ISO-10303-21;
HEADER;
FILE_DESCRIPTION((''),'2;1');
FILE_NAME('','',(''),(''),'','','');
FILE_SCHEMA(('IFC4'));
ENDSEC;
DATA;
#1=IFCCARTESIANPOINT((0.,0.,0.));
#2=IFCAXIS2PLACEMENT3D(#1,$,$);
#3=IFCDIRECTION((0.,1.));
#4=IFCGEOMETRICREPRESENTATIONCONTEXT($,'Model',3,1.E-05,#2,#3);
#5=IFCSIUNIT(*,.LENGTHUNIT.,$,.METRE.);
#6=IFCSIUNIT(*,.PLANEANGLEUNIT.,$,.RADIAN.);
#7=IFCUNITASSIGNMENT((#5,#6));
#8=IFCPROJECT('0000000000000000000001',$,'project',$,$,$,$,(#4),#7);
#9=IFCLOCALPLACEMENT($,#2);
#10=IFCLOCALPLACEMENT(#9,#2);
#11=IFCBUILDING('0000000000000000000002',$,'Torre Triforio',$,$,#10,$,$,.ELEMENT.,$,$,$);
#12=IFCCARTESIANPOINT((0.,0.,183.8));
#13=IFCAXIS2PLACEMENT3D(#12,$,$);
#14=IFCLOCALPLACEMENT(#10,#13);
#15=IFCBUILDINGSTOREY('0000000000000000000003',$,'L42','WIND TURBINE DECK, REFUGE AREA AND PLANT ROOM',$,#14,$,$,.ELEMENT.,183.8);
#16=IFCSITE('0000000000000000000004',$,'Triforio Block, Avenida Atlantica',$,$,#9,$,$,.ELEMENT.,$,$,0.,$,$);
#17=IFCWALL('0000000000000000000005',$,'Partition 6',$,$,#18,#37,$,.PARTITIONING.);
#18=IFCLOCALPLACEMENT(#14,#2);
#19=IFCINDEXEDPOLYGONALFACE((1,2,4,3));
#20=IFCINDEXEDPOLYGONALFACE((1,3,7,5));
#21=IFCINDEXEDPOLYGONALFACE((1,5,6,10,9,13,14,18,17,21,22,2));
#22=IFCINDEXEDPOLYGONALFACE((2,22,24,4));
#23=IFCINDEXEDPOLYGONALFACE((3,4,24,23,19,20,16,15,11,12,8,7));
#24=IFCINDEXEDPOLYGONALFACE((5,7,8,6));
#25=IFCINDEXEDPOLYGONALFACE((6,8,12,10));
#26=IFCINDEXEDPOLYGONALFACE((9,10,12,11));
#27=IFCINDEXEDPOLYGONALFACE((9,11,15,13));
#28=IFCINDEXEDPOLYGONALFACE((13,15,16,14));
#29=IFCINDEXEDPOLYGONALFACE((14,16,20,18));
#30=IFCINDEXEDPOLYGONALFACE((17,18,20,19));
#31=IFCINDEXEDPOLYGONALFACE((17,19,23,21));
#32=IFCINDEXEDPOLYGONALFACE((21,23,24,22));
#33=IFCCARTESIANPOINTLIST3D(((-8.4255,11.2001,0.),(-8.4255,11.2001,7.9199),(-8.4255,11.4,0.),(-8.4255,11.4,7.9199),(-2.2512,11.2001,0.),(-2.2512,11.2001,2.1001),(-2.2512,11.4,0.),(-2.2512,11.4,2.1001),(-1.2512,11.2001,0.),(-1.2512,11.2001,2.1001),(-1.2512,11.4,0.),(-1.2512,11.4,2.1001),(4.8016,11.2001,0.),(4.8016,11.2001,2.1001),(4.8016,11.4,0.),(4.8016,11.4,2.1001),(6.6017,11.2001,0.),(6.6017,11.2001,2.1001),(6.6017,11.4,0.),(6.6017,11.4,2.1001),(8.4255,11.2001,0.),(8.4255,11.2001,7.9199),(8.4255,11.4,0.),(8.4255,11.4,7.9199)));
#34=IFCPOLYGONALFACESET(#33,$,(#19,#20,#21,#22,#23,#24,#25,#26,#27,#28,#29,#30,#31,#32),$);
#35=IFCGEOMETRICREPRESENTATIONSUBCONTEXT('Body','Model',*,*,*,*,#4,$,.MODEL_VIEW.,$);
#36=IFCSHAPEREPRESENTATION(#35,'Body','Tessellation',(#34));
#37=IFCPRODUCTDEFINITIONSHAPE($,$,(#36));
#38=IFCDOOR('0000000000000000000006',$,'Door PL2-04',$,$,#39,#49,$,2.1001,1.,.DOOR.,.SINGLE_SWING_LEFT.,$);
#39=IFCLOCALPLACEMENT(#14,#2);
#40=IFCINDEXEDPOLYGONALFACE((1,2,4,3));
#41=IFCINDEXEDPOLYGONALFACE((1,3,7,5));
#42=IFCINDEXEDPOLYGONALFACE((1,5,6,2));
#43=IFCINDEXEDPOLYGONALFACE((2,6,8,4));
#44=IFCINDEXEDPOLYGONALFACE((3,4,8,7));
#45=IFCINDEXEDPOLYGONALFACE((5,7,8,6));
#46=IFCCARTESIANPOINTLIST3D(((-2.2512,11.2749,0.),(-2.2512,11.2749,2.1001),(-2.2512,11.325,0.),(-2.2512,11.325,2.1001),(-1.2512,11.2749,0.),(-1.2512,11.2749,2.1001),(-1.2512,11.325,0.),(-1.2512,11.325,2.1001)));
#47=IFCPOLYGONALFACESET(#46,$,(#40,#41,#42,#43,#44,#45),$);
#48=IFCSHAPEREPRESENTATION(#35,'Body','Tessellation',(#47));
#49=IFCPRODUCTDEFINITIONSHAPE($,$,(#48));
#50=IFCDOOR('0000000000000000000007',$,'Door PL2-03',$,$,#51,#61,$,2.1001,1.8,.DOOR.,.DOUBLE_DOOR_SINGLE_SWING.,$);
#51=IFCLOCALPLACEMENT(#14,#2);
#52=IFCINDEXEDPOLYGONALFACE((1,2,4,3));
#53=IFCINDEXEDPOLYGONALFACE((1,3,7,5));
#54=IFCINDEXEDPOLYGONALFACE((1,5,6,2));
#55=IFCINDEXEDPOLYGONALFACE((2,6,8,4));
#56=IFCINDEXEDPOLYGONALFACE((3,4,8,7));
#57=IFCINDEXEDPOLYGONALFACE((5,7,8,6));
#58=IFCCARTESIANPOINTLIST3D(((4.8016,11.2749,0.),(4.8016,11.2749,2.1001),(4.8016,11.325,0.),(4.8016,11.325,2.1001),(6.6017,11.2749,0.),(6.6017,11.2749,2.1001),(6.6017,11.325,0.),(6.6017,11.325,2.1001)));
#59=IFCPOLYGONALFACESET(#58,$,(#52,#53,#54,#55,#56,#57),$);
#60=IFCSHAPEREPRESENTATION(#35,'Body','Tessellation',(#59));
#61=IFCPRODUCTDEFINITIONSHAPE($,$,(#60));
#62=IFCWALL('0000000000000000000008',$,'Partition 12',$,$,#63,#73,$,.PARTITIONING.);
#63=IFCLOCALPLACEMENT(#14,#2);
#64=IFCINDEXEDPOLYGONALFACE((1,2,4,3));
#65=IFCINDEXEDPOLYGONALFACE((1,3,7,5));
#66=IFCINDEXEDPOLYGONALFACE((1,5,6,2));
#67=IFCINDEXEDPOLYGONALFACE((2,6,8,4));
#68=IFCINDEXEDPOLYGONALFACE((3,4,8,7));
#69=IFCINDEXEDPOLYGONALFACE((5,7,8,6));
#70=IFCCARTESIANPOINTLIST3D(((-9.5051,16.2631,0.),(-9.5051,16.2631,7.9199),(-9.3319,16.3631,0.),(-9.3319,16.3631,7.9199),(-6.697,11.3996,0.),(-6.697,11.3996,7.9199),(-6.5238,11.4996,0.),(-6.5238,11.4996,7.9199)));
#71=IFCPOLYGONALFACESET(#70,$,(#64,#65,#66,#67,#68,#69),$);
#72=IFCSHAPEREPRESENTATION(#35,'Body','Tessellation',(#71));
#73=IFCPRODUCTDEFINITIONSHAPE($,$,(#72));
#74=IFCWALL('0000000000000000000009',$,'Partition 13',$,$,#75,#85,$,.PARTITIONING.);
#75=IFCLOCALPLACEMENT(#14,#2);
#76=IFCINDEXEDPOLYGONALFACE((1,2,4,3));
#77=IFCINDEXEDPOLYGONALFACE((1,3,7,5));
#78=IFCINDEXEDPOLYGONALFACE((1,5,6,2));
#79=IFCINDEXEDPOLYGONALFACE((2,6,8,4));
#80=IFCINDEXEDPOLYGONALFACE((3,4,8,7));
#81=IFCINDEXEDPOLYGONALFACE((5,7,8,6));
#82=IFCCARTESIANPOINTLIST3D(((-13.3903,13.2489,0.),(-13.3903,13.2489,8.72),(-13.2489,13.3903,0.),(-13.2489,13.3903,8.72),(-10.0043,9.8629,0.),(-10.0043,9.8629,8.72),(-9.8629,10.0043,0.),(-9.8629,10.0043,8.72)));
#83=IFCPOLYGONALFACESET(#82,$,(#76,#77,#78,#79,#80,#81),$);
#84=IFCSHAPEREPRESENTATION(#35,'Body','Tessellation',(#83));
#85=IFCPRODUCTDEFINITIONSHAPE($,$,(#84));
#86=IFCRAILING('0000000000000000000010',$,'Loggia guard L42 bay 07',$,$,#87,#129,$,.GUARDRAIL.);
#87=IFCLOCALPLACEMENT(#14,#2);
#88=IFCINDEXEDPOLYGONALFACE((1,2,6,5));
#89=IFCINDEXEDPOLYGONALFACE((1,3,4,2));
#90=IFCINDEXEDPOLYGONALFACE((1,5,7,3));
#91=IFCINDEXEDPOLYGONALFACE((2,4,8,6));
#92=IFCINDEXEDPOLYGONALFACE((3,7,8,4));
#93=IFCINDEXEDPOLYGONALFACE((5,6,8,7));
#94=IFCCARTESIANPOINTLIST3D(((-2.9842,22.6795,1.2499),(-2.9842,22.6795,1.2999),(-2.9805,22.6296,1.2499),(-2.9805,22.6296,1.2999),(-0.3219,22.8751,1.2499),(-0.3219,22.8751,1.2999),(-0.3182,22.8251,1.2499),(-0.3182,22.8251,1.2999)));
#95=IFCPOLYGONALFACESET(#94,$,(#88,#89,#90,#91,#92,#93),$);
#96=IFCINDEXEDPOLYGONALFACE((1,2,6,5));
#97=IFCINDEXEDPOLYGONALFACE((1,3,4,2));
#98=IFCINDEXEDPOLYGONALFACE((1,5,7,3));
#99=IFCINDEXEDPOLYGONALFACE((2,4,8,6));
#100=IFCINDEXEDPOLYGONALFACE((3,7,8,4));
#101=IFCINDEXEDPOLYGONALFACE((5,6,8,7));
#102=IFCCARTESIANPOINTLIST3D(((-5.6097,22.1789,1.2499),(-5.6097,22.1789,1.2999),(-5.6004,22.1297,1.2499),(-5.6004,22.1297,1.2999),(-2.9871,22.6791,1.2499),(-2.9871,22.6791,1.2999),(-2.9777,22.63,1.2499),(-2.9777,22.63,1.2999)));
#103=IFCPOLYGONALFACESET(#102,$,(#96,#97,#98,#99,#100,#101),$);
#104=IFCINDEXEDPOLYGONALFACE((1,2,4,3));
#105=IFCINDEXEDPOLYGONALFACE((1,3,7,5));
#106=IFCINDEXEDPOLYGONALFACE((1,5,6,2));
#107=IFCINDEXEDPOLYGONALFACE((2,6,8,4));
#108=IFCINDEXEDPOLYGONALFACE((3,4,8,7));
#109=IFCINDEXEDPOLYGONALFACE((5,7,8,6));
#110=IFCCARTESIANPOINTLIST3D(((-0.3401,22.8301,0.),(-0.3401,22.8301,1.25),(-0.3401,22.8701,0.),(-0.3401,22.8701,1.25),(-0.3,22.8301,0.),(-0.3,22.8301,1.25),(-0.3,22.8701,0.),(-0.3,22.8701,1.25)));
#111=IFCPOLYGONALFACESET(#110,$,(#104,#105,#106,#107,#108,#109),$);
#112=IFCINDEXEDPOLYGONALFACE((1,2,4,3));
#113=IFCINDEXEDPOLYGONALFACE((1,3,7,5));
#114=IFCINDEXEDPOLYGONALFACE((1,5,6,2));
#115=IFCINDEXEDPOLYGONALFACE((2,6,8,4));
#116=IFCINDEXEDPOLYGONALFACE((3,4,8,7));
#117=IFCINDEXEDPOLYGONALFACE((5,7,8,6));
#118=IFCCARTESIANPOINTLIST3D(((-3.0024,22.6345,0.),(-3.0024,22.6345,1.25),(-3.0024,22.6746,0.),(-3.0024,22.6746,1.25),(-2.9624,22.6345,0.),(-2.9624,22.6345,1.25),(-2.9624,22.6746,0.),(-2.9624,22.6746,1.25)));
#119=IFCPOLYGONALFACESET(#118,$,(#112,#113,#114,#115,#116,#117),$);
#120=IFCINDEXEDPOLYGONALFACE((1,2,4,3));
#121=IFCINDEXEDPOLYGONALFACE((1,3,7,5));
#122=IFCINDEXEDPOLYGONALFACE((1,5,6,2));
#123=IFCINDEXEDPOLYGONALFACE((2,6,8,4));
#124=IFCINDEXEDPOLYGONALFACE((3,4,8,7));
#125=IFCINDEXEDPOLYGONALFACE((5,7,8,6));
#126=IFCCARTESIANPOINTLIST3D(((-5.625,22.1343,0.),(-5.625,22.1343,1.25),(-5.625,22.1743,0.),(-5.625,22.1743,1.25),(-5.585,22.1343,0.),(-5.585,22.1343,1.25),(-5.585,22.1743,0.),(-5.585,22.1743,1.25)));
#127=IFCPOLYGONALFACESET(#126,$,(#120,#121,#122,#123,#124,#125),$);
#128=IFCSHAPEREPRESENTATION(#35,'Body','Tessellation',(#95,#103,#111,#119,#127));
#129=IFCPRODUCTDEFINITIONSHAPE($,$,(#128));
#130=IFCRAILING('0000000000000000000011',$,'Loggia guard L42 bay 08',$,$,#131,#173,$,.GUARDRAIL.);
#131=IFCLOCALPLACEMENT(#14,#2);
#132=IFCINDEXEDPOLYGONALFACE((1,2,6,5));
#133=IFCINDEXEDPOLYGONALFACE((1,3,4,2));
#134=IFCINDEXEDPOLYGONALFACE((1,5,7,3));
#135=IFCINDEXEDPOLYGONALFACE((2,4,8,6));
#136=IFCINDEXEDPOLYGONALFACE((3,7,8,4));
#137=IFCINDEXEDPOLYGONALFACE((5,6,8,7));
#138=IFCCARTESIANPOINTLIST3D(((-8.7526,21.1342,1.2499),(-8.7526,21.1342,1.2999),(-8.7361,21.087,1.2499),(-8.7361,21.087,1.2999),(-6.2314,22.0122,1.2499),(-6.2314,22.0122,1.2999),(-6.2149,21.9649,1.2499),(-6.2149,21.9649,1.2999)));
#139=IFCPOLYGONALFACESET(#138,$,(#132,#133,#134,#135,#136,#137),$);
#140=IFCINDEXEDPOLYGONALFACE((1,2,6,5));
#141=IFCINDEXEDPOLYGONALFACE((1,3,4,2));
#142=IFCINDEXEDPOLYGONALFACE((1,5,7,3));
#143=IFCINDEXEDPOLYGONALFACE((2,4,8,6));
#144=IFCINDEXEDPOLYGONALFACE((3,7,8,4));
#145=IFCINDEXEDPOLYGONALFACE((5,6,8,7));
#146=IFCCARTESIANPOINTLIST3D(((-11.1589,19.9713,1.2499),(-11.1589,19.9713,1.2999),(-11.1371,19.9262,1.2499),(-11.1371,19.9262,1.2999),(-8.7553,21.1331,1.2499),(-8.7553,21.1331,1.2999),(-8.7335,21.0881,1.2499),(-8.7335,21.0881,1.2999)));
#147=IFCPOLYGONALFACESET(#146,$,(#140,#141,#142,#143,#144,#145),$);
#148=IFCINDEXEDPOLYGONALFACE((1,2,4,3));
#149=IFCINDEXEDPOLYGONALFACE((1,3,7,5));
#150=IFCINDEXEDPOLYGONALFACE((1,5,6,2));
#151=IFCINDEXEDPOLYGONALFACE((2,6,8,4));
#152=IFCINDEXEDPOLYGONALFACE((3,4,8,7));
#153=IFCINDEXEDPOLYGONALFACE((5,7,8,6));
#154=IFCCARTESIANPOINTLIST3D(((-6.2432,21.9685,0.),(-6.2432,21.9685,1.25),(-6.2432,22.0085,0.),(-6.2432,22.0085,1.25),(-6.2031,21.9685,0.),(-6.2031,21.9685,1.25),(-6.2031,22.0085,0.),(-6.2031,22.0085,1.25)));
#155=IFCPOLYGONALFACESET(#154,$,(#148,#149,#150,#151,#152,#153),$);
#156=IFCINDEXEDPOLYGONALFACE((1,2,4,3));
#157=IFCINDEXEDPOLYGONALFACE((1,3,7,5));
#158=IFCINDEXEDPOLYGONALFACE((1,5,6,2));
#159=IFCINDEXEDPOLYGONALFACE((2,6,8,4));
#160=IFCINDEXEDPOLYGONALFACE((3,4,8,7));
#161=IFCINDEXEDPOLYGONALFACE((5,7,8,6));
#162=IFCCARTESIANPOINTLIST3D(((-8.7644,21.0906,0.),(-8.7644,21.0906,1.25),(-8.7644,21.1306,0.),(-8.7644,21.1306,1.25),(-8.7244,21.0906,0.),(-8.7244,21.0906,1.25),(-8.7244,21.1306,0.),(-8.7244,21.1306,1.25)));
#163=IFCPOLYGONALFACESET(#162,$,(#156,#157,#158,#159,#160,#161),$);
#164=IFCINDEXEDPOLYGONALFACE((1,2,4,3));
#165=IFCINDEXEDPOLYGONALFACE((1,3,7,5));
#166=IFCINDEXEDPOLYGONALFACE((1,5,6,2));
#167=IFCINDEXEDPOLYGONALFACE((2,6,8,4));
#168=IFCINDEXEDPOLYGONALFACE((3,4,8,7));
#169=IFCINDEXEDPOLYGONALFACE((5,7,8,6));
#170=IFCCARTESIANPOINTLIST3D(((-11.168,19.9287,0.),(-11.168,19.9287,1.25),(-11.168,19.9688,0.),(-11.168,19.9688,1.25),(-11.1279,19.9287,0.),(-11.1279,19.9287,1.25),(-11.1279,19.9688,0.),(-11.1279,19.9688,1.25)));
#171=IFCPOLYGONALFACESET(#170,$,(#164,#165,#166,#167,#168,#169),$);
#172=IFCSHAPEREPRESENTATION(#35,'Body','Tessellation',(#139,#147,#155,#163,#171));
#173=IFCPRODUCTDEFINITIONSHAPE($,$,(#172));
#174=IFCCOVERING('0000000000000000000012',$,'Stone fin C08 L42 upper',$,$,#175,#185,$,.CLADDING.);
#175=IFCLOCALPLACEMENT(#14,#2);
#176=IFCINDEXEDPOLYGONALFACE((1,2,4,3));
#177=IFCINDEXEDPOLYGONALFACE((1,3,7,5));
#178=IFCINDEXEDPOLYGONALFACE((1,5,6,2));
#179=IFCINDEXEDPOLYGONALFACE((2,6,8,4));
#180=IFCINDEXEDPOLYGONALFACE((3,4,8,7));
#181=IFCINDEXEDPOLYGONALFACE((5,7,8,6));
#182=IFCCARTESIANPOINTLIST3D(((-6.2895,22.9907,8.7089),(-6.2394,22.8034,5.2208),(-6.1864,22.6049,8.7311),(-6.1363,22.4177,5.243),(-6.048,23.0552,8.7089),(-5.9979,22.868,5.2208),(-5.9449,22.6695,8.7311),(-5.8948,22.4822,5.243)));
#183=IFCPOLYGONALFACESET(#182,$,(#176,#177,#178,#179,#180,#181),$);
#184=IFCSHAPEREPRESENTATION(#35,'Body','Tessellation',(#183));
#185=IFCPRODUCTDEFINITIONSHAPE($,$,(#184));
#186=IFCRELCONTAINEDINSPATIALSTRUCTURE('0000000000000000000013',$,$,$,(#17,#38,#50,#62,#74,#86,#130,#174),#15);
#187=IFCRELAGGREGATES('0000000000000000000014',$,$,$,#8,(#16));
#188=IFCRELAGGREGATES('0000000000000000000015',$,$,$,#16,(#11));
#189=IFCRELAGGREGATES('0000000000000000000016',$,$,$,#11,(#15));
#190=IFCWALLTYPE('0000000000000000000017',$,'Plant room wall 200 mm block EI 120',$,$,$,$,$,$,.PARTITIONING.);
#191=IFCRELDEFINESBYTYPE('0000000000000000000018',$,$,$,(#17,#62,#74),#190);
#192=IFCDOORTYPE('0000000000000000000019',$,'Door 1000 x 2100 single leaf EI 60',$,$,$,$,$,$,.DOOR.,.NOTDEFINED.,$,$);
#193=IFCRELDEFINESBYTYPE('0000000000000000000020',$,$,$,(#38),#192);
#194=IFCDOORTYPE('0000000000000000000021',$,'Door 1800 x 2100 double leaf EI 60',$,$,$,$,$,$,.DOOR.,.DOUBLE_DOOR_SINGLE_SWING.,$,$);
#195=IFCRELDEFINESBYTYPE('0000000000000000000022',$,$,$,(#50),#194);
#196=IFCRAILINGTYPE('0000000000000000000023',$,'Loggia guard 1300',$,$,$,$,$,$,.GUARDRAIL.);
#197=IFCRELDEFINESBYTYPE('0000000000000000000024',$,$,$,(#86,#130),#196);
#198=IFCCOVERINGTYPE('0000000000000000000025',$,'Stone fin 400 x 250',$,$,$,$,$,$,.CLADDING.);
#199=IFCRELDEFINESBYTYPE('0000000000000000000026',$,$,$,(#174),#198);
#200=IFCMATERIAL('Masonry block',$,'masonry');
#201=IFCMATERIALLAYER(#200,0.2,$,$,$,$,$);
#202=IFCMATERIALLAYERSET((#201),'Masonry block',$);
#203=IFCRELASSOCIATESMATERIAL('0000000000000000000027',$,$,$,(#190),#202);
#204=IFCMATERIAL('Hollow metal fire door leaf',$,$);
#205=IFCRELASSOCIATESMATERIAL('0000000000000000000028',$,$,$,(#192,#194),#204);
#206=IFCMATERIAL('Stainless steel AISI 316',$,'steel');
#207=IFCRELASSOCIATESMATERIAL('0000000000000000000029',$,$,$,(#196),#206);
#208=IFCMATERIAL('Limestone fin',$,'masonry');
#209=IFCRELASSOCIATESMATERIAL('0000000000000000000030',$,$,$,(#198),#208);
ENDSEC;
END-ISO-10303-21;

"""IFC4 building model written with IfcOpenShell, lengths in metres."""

from ifc_helpers import new_model, si_unit, direction, frame, frame_2d, origin, origin_2d, place, context, subcontext, project, spatial, rectangle, extrude, material, layer, layer_set, material_profile, profile_set, type_object, element, fill, save


model = new_model("IFC4")

# Units and contexts
model_context = context("Model", 3, precision=1e-05, world=origin(), true_north=direction((0.0, 1.0)))
body_context = subcontext(model_context, "Body", "Model", "MODEL_VIEW")
ifc_project = project(units=[si_unit("LENGTHUNIT", "METRE"), si_unit("PLANEANGLEUNIT", "RADIAN")], contexts=[model_context])

# Site, building, storey
site_placement = place(None, origin())
site = spatial("IfcSite", under=ifc_project, at=site_placement, Name="Triforio Block, Avenida Atlantica", CompositionType="ELEMENT", RefElevation=0.0)
building_placement = place(site_placement, origin())
building = spatial("IfcBuilding", under=site, at=building_placement, Name="Torre Triforio", CompositionType="ELEMENT")
storey_placement = place(building_placement, frame((0.0, 0.0, 183.8)))
storey = spatial("IfcBuildingStorey", under=building, at=storey_placement, Name="L42", Description="WIND TURBINE DECK, REFUGE AREA AND PLANT ROOM", CompositionType="ELEMENT", Elevation=183.8)

# Wall, openings, doors
ifc_material_1 = material(Name="Masonry block", Category="masonry")
ifc_layer_1 = layer(ifc_material_1, 0.2)
ifc_layer_set_1 = layer_set([ifc_layer_1], Name="Masonry block")
wall_type_1 = type_object("IfcWallType", Name="Plant room wall 200 mm block EI 120", PredefinedType="PARTITIONING", material=ifc_layer_set_1)
wall_1_placement = place(storey_placement, frame((-8.4255, 11.3, 0.0), z_axis=(0.0, 0.0, 1.0), x_axis=(1.0, 0.0, 0.0)))
wall_1 = element("IfcWall", 1, at=wall_1_placement, inside=storey, type_object=wall_type_1, Name="Partition 6", PredefinedType="PARTITIONING", context=body_context, shape_type="SweptSolid", body=[
    extrude(rectangle(XDim=16.8511, YDim=0.2, at=frame_2d((8.4255, 0.0))), origin(), (0.0, 0.0, 1.0), 7.9199),
])
opening_1_placement = place(wall_1_placement, frame((13.2273, 0.0, 0.0)))
opening_1 = element("IfcOpeningElement", 2, at=opening_1_placement, cuts=wall_1, PredefinedType="OPENING", context=body_context, shape_type="SweptSolid", body=[
    extrude(rectangle(XDim=1.8, YDim=2.1001, at=frame_2d((0.8999, 1.05))), frame((0.0, 0.1099, 0.0), z_axis=(0.0, -1.0, 0.0), x_axis=(1.0, 0.0, 0.0)), (0.0, 0.0, 1.0), 0.22),
])
opening_2_placement = place(wall_1_placement, frame((6.1743, 0.0, 0.0)))
opening_2 = element("IfcOpeningElement", 3, at=opening_2_placement, cuts=wall_1, PredefinedType="OPENING", context=body_context, shape_type="SweptSolid", body=[
    extrude(rectangle(XDim=1.0, YDim=2.1001, at=frame_2d((0.5, 1.05))), frame((0.0, 0.1099, 0.0), z_axis=(0.0, -1.0, 0.0), x_axis=(1.0, 0.0, 0.0)), (0.0, 0.0, 1.0), 0.22),
])
ifc_material_2 = material(Name="Hollow metal fire door leaf")
door_type_1 = type_object("IfcDoorType", Name="Door 1000 x 2100 single leaf EI 60", OperationType="NOTDEFINED", PredefinedType="DOOR", material=ifc_material_2)
door_1_placement = place(opening_2_placement, origin())
door_1 = element("IfcDoor", 4, at=door_1_placement, inside=storey, type_object=door_type_1, Name="Door PL2-04", OperationType="SINGLE_SWING_LEFT", OverallHeight=2.1001, OverallWidth=1.0, PredefinedType="DOOR", context=body_context, shape_type="SweptSolid", body=[
    extrude(rectangle(XDim=1.0, YDim=2.1001, at=frame_2d((0.5, 1.05))), frame((0.0, 0.0249, 0.0), z_axis=(0.0, -1.0, 0.0), x_axis=(1.0, 0.0, 0.0)), (0.0, 0.0, 1.0), 0.05),
])
fill(opening_2, door_1)
door_type_2 = type_object("IfcDoorType", Name="Door 1800 x 2100 double leaf EI 60", OperationType="DOUBLE_DOOR_SINGLE_SWING", PredefinedType="DOOR", material=ifc_material_2)
door_2_placement = place(opening_1_placement, origin())
door_2 = element("IfcDoor", 5, at=door_2_placement, inside=storey, type_object=door_type_2, Name="Door PL2-03", OperationType="DOUBLE_DOOR_SINGLE_SWING", OverallHeight=2.1001, OverallWidth=1.8, PredefinedType="DOOR", context=body_context, shape_type="SweptSolid", body=[
    extrude(rectangle(XDim=1.8, YDim=2.1001, at=frame_2d((0.8999, 1.05))), frame((0.0, 0.0249, 0.0), z_axis=(0.0, -1.0, 0.0), x_axis=(1.0, 0.0, 0.0)), (0.0, 0.0, 1.0), 0.05),
])
fill(opening_1, door_2)

# Walls
wall_2_placement = place(storey_placement, frame((-6.6104, 11.4495, 0.0), z_axis=(0.0, 0.0, 1.0), x_axis=(-0.50002, 0.866014, 0.0)))
element("IfcWall", 6, at=wall_2_placement, inside=storey, type_object=wall_type_1, Name="Partition 12", PredefinedType="PARTITIONING", context=body_context, shape_type="SweptSolid", body=[
    extrude(rectangle(XDim=5.616, YDim=0.2, at=frame_2d((2.8081, 0.0))), origin(), (0.0, 0.0, 1.0), 7.9199),
])
wall_3_placement = place(storey_placement, frame((-9.9336, 9.9336, 0.0), z_axis=(0.0, 0.0, 1.0), x_axis=(-0.707107, 0.707107, 0.0)))
element("IfcWall", 7, at=wall_3_placement, inside=storey, type_object=wall_type_1, Name="Partition 13", PredefinedType="PARTITIONING", context=body_context, shape_type="SweptSolid", body=[
    extrude(rectangle(XDim=4.7886, YDim=0.2, at=frame_2d((2.3943, 0.0))), origin(), (0.0, 0.0, 1.0), 8.72),
])

# Railings
ifc_material_3 = material(Name="Stainless steel AISI 316", Category="steel")
railing_type = type_object("IfcRailingType", Name="Loggia guard 1300", PredefinedType="GUARDRAIL", material=ifc_material_3)
railing_1_placement = place(storey_placement, frame((-0.3201, 22.8501, 0.0)))
element("IfcRailing", 8, at=railing_1_placement, inside=storey, type_object=railing_type, Name="Loggia guard L42 bay 07", PredefinedType="GUARDRAIL", context=body_context, shape_type="SweptSolid", body=[
    extrude(rectangle(XDim=0.05, YDim=0.05, at=origin_2d()), frame((0.0, 0.0, 1.2749), z_axis=(-0.997313, -0.073255, 0.0), x_axis=(0.073255, -0.997313, 0.0)), (0.0, 0.0, 1.0), 2.6694),
    extrude(rectangle(XDim=0.05, YDim=0.05, at=origin_2d()), frame((-2.6624, -0.1956, 1.2749), z_axis=(-0.98229, -0.187368, 0.0), x_axis=(0.187368, -0.98229, 0.0)), (0.0, 0.0, 1.0), 2.6699),
    extrude(rectangle(XDim=0.04, YDim=0.04, at=origin_2d()), origin(), (0.0, 0.0, 1.0), 1.25),
    extrude(rectangle(XDim=0.04, YDim=0.04, at=origin_2d()), frame((-2.6624, -0.1956, 0.0)), (0.0, 0.0, 1.0), 1.25),
    extrude(rectangle(XDim=0.04, YDim=0.04, at=origin_2d()), frame((-5.2849, -0.6958, 0.0)), (0.0, 0.0, 1.0), 1.25),
])
railing_2_placement = place(storey_placement, frame((-6.2231, 21.9885, 0.0)))
element("IfcRailing", 9, at=railing_2_placement, inside=storey, type_object=railing_type, Name="Loggia guard L42 bay 08", PredefinedType="GUARDRAIL", context=body_context, shape_type="SweptSolid", body=[
    extrude(rectangle(XDim=0.05, YDim=0.05, at=origin_2d()), frame((0.0, 0.0, 1.2749), z_axis=(-0.944383, -0.328847, 0.0), x_axis=(0.328847, -0.944383, 0.0)), (0.0, 0.0, 1.0), 2.6697),
    extrude(rectangle(XDim=0.05, YDim=0.05, at=origin_2d()), frame((-2.5212, -0.8779, 1.2749), z_axis=(-0.900328, -0.435212, 0.0), x_axis=(0.435212, -0.900328, 0.0)), (0.0, 0.0, 1.0), 2.6697),
    extrude(rectangle(XDim=0.04, YDim=0.04, at=origin_2d()), origin(), (0.0, 0.0, 1.0), 1.25),
    extrude(rectangle(XDim=0.04, YDim=0.04, at=origin_2d()), frame((-2.5212, -0.8779, 0.0)), (0.0, 0.0, 1.0), 1.25),
    extrude(rectangle(XDim=0.04, YDim=0.04, at=origin_2d()), frame((-4.9248, -2.0398, 0.0)), (0.0, 0.0, 1.0), 1.25),
])

# Covering
ifc_material_4 = material(Name="Limestone fin", Category="masonry")
ifc_material_profile_1 = material_profile(ifc_material_4, rectangle(XDim=0.3999, YDim=0.25, at=origin_2d()), Name="FIN 400x250")
ifc_profile_set_1 = profile_set([ifc_material_profile_1], Name="Limestone fin")
covering_type_1 = type_object("IfcCoveringType", Name="Stone fin 400 x 250", PredefinedType="CLADDING", material=ifc_profile_set_1)
covering_1_placement = place(storey_placement, frame((-6.0671, 22.6428, 5.2319), z_axis=(-0.014327, 0.053602, 0.99846), x_axis=(0.257814, -0.9646, 0.055484)))
element("IfcCovering", 10, at=covering_1_placement, inside=storey, type_object=covering_type_1, Name="Stone fin C08 L42 upper", PredefinedType="CLADDING", context=body_context, shape_type="SweptSolid", body=[
    extrude(rectangle(XDim=0.3999, YDim=0.25, at=origin_2d()), origin(), (0.0, 0.0, 1.0), 3.4934),
])

save(model, "model.ifc")
